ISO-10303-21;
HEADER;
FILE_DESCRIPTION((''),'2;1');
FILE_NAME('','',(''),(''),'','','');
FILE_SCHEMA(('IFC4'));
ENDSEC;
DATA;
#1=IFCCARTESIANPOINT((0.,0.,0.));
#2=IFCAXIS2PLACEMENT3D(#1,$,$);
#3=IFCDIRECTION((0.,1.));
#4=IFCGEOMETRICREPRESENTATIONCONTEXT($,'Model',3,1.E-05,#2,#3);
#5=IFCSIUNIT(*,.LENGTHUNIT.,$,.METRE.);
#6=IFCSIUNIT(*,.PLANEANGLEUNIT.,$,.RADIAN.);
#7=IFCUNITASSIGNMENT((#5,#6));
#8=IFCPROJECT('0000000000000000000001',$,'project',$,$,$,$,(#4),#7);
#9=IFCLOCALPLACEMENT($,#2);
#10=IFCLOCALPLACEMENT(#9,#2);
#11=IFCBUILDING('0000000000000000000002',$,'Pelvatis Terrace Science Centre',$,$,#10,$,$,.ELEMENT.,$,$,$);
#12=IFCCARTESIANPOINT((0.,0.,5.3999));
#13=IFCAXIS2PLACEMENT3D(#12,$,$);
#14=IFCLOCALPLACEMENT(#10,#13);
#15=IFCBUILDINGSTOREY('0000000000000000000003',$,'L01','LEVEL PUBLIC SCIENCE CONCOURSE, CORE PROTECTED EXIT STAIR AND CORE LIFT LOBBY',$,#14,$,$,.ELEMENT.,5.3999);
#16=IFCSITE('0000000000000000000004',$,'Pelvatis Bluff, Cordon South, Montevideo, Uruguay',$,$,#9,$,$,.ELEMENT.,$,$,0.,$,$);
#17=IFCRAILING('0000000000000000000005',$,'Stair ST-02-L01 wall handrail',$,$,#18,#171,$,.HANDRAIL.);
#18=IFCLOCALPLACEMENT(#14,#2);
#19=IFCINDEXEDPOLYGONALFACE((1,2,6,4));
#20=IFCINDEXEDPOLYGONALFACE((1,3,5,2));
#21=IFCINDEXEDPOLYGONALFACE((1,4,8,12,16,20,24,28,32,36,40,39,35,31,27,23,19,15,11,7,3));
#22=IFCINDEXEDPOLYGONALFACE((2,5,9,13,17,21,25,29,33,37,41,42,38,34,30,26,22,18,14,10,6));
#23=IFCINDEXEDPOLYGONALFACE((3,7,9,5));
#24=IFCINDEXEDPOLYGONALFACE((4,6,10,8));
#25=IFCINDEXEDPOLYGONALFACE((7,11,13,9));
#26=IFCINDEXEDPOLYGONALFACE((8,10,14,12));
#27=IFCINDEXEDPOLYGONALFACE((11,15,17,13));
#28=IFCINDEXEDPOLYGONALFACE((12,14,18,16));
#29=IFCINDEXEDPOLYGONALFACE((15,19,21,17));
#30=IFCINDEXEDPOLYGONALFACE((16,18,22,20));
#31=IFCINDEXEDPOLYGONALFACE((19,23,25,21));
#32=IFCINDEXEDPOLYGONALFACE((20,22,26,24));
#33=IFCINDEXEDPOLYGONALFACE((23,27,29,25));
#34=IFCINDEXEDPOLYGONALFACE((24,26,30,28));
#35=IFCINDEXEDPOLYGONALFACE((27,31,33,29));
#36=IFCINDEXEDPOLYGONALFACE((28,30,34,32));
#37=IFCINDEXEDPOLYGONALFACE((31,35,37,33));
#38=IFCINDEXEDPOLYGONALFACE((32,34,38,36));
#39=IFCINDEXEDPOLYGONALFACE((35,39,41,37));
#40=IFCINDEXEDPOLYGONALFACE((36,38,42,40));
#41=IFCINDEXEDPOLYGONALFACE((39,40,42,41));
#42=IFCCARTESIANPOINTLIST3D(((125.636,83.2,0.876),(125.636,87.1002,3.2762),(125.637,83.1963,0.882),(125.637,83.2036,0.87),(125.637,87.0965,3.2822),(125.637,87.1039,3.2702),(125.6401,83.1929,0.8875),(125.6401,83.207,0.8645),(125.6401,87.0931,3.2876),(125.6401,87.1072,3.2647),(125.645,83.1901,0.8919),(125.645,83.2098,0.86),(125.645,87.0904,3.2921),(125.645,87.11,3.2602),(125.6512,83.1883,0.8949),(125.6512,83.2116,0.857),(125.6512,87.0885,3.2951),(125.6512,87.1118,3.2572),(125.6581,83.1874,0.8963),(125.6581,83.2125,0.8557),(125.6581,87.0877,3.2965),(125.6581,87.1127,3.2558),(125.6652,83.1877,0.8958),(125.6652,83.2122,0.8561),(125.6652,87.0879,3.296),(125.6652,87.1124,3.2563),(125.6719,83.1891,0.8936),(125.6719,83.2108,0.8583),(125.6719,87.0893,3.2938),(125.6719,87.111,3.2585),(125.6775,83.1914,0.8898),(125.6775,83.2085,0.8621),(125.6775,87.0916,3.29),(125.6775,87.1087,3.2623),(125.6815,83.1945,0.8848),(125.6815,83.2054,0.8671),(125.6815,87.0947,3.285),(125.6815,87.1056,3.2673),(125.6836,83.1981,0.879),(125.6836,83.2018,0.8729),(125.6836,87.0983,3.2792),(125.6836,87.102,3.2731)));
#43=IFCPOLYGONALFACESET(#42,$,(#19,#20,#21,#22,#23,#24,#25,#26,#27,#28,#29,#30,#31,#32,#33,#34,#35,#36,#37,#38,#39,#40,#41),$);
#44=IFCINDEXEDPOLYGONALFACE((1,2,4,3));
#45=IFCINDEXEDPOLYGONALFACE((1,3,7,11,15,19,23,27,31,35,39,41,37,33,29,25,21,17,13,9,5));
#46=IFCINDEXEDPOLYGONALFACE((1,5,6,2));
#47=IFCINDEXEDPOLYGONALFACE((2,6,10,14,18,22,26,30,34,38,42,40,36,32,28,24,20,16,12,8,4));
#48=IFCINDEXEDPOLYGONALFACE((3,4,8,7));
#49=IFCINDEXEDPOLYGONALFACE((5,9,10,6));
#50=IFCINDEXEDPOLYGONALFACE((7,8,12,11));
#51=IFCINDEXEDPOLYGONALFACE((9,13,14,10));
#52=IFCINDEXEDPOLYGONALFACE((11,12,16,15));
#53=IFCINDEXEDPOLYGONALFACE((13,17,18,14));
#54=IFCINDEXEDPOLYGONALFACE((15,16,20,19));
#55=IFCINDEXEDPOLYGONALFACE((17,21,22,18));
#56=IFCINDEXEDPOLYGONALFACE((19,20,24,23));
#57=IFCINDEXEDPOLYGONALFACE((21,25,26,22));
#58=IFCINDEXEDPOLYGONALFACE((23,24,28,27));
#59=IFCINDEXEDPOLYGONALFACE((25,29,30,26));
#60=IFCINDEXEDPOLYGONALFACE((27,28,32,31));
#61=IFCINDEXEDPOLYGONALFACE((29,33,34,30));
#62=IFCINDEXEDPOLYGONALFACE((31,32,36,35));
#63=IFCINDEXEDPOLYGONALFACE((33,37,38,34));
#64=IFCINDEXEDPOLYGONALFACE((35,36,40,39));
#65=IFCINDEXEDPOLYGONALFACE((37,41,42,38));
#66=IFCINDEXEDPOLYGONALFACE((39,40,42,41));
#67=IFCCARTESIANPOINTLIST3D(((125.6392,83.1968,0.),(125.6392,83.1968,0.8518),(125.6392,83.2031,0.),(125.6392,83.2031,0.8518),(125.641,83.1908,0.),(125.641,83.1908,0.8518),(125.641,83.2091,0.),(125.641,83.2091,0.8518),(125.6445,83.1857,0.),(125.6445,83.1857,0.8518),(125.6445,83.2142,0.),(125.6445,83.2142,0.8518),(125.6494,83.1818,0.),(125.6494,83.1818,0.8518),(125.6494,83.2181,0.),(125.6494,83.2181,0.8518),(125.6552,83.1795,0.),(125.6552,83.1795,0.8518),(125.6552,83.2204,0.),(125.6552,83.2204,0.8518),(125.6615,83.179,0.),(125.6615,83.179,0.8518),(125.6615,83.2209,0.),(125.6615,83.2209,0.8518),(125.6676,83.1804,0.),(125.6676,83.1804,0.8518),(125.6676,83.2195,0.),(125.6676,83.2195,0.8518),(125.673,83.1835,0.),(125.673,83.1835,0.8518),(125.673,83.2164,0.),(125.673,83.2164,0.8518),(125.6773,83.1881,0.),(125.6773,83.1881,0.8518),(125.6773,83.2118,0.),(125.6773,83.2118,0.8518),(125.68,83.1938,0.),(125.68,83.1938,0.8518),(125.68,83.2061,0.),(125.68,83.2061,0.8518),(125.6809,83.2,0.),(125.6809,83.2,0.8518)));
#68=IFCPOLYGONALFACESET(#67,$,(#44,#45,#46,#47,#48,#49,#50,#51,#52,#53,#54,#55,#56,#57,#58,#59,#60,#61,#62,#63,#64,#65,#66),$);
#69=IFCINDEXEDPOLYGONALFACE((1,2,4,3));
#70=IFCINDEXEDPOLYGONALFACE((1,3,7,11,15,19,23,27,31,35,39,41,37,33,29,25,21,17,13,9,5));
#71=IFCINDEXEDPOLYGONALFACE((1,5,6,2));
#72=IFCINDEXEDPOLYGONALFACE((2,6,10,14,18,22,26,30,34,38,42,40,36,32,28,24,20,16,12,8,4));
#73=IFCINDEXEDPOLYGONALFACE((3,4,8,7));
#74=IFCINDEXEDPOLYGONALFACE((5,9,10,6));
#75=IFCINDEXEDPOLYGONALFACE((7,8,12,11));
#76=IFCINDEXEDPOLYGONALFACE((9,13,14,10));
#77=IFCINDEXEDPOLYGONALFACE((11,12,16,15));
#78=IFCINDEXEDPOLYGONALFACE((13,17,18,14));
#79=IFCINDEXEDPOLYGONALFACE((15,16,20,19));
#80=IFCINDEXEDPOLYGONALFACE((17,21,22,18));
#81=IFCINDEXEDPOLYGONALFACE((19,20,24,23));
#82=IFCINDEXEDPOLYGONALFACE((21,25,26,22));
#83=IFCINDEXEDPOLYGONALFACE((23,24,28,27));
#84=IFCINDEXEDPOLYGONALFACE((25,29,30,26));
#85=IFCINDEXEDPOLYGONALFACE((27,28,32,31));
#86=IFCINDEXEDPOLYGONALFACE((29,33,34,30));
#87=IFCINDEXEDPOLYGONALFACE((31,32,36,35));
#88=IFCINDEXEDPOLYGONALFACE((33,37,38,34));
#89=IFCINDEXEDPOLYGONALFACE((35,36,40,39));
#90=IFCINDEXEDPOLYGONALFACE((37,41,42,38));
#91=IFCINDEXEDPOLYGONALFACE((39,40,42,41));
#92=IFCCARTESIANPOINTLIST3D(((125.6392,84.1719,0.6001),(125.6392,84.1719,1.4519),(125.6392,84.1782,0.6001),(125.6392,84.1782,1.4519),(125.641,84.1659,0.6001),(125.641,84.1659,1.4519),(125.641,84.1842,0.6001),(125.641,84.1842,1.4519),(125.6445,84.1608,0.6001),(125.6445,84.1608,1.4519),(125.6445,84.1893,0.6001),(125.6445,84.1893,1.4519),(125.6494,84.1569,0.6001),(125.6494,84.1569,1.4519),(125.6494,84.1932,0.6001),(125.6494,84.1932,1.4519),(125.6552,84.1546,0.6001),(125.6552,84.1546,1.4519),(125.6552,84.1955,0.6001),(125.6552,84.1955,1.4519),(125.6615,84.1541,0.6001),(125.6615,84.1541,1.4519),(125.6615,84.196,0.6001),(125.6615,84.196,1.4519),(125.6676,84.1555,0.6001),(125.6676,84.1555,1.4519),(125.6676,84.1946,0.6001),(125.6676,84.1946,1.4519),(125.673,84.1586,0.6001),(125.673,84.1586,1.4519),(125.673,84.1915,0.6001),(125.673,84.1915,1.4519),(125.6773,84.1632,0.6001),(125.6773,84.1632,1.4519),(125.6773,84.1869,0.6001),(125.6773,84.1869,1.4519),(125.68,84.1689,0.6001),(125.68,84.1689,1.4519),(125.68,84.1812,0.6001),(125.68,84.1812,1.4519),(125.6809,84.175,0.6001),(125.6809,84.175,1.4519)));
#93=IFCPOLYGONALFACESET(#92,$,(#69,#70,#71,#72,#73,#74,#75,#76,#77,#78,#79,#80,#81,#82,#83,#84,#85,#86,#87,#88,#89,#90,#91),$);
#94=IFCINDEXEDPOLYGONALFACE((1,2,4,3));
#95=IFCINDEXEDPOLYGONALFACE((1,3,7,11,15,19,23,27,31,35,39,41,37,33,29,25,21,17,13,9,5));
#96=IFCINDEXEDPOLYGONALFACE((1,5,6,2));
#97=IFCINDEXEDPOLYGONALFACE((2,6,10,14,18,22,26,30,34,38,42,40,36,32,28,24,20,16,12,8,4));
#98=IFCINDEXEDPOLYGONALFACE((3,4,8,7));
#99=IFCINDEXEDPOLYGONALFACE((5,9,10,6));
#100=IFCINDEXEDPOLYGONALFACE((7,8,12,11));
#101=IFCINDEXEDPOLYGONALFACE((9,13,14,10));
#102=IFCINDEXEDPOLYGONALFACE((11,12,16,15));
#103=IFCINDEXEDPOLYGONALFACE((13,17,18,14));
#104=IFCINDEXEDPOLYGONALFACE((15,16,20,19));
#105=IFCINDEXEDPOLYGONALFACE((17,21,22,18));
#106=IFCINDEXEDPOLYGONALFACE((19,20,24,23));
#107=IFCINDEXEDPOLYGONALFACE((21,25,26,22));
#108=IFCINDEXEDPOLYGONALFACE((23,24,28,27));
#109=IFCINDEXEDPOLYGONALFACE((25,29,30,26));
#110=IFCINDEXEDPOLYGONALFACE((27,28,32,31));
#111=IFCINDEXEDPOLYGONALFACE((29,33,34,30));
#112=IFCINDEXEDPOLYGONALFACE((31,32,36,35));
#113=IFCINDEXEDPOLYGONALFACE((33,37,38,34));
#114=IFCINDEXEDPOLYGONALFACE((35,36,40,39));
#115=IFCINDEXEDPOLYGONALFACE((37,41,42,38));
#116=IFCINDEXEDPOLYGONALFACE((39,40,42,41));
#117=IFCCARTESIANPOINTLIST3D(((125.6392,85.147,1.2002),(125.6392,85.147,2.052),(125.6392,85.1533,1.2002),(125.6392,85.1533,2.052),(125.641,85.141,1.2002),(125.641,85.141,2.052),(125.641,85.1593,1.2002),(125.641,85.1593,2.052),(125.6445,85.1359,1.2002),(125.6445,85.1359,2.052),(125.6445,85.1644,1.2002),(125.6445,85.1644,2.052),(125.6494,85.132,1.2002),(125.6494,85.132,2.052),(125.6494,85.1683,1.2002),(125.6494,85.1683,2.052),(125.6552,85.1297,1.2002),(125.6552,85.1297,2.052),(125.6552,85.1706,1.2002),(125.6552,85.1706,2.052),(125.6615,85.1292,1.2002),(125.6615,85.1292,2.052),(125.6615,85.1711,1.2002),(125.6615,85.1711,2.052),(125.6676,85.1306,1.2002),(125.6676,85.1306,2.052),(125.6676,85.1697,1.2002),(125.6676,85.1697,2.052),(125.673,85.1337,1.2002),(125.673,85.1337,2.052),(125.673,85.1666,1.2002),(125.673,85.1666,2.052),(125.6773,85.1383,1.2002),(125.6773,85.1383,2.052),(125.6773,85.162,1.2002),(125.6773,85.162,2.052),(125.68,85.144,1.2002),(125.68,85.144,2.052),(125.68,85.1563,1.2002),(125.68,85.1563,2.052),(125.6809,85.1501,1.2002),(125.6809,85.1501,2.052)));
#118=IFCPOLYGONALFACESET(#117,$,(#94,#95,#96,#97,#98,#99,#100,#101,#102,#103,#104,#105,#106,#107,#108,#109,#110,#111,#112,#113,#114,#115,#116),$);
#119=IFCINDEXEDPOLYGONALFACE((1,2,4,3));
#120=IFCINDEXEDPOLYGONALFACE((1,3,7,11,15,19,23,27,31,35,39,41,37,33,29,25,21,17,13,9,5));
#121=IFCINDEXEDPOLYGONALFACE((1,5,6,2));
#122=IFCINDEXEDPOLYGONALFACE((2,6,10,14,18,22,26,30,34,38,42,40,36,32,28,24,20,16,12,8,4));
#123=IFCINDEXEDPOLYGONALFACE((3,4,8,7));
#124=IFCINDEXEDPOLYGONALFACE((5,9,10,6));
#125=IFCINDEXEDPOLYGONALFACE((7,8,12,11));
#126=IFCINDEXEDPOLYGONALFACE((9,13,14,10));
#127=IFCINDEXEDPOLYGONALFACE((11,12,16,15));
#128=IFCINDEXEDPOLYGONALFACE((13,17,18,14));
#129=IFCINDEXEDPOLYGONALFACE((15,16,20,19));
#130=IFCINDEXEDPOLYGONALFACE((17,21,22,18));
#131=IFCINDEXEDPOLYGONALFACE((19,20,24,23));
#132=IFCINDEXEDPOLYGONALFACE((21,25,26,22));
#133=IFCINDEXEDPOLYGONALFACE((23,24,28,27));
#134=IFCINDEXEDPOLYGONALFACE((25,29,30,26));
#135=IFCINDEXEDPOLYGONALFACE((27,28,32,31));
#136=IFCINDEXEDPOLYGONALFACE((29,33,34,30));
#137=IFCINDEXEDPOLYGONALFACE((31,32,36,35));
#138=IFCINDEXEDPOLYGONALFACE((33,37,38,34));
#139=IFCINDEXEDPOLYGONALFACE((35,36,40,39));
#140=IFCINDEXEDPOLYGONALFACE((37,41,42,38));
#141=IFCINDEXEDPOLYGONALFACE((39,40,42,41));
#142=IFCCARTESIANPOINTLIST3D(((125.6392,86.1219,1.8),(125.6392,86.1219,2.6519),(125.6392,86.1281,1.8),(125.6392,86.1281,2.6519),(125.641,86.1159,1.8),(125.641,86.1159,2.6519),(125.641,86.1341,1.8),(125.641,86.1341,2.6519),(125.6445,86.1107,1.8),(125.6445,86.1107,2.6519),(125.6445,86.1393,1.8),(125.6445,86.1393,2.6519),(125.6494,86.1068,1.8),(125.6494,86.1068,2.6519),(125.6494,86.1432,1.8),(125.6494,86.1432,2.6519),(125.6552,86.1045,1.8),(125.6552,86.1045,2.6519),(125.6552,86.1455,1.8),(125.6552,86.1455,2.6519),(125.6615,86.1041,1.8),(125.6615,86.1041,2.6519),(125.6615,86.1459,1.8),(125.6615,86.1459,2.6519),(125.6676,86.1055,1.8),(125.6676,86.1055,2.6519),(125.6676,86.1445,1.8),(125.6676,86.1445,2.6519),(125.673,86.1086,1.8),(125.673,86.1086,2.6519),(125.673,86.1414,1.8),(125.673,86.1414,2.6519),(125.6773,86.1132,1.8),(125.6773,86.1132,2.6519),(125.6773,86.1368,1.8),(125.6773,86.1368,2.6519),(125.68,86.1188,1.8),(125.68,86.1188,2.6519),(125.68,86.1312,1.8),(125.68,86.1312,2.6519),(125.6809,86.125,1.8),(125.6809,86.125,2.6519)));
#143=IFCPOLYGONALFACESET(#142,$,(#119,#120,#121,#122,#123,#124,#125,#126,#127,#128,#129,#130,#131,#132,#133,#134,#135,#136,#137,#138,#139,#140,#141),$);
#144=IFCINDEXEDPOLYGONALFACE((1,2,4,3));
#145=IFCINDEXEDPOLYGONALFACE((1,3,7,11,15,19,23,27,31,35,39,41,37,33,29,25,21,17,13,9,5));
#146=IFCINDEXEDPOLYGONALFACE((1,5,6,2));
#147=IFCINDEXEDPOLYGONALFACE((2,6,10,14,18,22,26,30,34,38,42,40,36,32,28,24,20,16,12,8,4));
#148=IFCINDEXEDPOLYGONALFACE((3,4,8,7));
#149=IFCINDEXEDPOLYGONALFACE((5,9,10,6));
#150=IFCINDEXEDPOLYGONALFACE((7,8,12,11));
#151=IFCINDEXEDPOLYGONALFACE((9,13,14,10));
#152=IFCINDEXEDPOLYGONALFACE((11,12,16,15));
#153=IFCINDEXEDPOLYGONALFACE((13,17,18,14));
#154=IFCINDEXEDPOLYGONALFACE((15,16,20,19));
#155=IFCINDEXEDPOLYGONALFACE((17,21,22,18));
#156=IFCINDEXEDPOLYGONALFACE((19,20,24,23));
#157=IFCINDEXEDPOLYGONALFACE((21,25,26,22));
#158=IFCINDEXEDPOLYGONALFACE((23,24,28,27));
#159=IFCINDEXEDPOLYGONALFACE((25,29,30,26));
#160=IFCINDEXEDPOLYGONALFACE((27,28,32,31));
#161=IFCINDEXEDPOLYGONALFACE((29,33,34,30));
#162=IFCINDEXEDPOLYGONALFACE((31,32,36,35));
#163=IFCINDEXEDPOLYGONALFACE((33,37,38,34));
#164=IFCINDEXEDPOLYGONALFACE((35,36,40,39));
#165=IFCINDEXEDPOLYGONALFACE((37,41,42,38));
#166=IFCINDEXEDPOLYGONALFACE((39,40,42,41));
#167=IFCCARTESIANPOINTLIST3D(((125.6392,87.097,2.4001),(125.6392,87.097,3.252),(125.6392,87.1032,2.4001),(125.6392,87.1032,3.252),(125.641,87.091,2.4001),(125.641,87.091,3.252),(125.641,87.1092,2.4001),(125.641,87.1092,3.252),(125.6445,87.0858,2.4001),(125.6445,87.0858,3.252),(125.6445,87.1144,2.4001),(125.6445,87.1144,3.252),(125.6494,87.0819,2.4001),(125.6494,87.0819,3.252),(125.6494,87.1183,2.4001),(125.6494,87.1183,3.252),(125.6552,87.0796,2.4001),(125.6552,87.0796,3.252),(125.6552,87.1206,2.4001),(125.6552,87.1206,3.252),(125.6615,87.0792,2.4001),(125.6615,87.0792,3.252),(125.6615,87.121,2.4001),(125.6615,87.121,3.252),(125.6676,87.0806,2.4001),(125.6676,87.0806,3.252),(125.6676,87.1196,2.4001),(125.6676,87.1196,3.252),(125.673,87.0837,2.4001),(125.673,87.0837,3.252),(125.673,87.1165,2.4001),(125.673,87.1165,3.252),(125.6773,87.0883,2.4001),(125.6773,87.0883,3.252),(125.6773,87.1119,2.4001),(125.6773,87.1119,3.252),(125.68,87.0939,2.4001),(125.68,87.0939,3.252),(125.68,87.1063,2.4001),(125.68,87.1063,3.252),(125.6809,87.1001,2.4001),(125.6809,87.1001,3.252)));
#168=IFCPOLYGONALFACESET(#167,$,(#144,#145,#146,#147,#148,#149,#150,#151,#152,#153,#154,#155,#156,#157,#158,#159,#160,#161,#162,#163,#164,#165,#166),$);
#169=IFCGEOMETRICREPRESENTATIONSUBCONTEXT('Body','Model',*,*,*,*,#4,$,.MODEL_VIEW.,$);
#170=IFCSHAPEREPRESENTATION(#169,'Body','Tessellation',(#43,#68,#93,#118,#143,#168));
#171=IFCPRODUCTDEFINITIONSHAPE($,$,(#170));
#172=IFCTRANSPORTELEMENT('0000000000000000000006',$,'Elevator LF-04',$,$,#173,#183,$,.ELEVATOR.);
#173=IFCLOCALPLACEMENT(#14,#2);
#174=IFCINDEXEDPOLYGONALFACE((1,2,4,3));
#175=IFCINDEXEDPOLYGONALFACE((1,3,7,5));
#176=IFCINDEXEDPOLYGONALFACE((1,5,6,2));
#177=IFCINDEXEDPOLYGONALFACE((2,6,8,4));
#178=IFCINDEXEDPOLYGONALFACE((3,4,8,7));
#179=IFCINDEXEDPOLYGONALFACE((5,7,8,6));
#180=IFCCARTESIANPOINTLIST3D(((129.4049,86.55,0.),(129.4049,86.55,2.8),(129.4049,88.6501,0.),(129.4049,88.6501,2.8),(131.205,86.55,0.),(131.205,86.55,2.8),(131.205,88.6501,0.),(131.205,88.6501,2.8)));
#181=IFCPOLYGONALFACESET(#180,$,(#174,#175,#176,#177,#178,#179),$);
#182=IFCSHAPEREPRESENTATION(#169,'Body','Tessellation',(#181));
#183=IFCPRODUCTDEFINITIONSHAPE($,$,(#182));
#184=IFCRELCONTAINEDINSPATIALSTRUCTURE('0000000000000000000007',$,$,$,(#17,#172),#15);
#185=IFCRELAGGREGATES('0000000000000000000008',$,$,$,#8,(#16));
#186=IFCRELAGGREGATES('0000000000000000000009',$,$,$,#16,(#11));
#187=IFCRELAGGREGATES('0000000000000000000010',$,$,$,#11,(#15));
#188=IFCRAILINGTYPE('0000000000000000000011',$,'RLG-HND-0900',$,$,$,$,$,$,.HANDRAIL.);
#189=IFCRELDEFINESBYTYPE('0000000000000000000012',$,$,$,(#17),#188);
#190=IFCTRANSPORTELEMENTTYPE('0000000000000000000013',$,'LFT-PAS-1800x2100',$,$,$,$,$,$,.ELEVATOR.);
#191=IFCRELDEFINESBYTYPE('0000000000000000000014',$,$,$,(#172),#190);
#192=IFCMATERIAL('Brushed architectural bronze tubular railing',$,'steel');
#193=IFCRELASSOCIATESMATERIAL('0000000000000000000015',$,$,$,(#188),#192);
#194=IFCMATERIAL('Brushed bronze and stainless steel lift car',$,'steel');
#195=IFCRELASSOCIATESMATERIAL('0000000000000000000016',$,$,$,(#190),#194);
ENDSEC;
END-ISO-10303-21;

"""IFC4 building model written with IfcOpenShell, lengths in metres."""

from ifc_helpers import new_model, si_unit, direction, frame, origin, origin_2d, place, context, subcontext, project, spatial, rectangle, circle, extrude, material, type_object, element, save


model = new_model("IFC4")

# Units and contexts
model_context = context("Model", 3, precision=1e-05, world=origin(), true_north=direction((0.0, 1.0)))
body_context = subcontext(model_context, "Body", "Model", "MODEL_VIEW")
ifc_project = project(units=[si_unit("LENGTHUNIT", "METRE"), si_unit("PLANEANGLEUNIT", "RADIAN")], contexts=[model_context])

# Site, building, storey
site_placement = place(None, origin())
site = spatial("IfcSite", under=ifc_project, at=site_placement, Name="Pelvatis Bluff, Cordon South, Montevideo, Uruguay", CompositionType="ELEMENT", RefElevation=0.0)
building_placement = place(site_placement, origin())
building = spatial("IfcBuilding", under=site, at=building_placement, Name="Pelvatis Terrace Science Centre", CompositionType="ELEMENT")
storey_placement = place(building_placement, frame((0.0, 0.0, 5.3999)))
storey = spatial("IfcBuildingStorey", under=building, at=storey_placement, Name="L01", Description="LEVEL PUBLIC SCIENCE CONCOURSE, CORE PROTECTED EXIT STAIR AND CORE LIFT LOBBY", CompositionType="ELEMENT", Elevation=5.3999)

# Railing
ifc_material_1 = material(Name="Brushed architectural bronze tubular railing", Category="steel")
railing_type_1 = type_object("IfcRailingType", Name="RLG-HND-0900", PredefinedType="HANDRAIL", material=ifc_material_1)
railing_1_placement = place(storey_placement, frame((125.6599, 83.2, 0.0)))
element("IfcRailing", 1, at=railing_1_placement, inside=storey, type_object=railing_type_1, Name="Stair ST-02-L01 wall handrail", PredefinedType="HANDRAIL", context=body_context, shape_type="SweptSolid", body=[
    extrude(circle(Radius=0.0239, at=origin_2d()), frame((0.0, 0.0, 0.876), z_axis=(0.0, 0.851653, 0.524106), x_axis=(-1.0, 0.0, 0.0)), (0.0, 0.0, 1.0), 4.5796),
    extrude(circle(Radius=0.021, at=origin_2d()), origin(), (0.0, 0.0, 1.0), 0.8518),
    extrude(circle(Radius=0.021, at=origin_2d()), frame((0.0, 0.9751, 0.6001)), (0.0, 0.0, 1.0), 0.8518),
    extrude(circle(Radius=0.021, at=origin_2d()), frame((0.0, 1.9502, 1.2002)), (0.0, 0.0, 1.0), 0.8518),
    extrude(circle(Radius=0.021, at=origin_2d()), frame((0.0, 2.925, 1.8)), (0.0, 0.0, 1.0), 0.8518),
    extrude(circle(Radius=0.021, at=origin_2d()), frame((0.0, 3.9001, 2.4001)), (0.0, 0.0, 1.0), 0.8518),
])

# Transport element
ifc_material_2 = material(Name="Brushed bronze and stainless steel lift car", Category="steel")
transport_element_type = type_object("IfcTransportElementType", Name="LFT-PAS-1800x2100", PredefinedType="ELEVATOR", material=ifc_material_2)
transport_element_placement = place(storey_placement, frame((130.3049, 87.6001, 0.0), z_axis=(0.0, 0.0, 1.0), x_axis=(1.0, 0.0, 0.0)))
element("IfcTransportElement", 2, at=transport_element_placement, inside=storey, type_object=transport_element_type, Name="Elevator LF-04", PredefinedType="ELEVATOR", context=body_context, shape_type="SweptSolid", body=[
    extrude(rectangle(XDim=1.8, YDim=2.1001, at=origin_2d()), origin(), (0.0, 0.0, 1.0), 2.8),
])

save(model, "model.ifc")
